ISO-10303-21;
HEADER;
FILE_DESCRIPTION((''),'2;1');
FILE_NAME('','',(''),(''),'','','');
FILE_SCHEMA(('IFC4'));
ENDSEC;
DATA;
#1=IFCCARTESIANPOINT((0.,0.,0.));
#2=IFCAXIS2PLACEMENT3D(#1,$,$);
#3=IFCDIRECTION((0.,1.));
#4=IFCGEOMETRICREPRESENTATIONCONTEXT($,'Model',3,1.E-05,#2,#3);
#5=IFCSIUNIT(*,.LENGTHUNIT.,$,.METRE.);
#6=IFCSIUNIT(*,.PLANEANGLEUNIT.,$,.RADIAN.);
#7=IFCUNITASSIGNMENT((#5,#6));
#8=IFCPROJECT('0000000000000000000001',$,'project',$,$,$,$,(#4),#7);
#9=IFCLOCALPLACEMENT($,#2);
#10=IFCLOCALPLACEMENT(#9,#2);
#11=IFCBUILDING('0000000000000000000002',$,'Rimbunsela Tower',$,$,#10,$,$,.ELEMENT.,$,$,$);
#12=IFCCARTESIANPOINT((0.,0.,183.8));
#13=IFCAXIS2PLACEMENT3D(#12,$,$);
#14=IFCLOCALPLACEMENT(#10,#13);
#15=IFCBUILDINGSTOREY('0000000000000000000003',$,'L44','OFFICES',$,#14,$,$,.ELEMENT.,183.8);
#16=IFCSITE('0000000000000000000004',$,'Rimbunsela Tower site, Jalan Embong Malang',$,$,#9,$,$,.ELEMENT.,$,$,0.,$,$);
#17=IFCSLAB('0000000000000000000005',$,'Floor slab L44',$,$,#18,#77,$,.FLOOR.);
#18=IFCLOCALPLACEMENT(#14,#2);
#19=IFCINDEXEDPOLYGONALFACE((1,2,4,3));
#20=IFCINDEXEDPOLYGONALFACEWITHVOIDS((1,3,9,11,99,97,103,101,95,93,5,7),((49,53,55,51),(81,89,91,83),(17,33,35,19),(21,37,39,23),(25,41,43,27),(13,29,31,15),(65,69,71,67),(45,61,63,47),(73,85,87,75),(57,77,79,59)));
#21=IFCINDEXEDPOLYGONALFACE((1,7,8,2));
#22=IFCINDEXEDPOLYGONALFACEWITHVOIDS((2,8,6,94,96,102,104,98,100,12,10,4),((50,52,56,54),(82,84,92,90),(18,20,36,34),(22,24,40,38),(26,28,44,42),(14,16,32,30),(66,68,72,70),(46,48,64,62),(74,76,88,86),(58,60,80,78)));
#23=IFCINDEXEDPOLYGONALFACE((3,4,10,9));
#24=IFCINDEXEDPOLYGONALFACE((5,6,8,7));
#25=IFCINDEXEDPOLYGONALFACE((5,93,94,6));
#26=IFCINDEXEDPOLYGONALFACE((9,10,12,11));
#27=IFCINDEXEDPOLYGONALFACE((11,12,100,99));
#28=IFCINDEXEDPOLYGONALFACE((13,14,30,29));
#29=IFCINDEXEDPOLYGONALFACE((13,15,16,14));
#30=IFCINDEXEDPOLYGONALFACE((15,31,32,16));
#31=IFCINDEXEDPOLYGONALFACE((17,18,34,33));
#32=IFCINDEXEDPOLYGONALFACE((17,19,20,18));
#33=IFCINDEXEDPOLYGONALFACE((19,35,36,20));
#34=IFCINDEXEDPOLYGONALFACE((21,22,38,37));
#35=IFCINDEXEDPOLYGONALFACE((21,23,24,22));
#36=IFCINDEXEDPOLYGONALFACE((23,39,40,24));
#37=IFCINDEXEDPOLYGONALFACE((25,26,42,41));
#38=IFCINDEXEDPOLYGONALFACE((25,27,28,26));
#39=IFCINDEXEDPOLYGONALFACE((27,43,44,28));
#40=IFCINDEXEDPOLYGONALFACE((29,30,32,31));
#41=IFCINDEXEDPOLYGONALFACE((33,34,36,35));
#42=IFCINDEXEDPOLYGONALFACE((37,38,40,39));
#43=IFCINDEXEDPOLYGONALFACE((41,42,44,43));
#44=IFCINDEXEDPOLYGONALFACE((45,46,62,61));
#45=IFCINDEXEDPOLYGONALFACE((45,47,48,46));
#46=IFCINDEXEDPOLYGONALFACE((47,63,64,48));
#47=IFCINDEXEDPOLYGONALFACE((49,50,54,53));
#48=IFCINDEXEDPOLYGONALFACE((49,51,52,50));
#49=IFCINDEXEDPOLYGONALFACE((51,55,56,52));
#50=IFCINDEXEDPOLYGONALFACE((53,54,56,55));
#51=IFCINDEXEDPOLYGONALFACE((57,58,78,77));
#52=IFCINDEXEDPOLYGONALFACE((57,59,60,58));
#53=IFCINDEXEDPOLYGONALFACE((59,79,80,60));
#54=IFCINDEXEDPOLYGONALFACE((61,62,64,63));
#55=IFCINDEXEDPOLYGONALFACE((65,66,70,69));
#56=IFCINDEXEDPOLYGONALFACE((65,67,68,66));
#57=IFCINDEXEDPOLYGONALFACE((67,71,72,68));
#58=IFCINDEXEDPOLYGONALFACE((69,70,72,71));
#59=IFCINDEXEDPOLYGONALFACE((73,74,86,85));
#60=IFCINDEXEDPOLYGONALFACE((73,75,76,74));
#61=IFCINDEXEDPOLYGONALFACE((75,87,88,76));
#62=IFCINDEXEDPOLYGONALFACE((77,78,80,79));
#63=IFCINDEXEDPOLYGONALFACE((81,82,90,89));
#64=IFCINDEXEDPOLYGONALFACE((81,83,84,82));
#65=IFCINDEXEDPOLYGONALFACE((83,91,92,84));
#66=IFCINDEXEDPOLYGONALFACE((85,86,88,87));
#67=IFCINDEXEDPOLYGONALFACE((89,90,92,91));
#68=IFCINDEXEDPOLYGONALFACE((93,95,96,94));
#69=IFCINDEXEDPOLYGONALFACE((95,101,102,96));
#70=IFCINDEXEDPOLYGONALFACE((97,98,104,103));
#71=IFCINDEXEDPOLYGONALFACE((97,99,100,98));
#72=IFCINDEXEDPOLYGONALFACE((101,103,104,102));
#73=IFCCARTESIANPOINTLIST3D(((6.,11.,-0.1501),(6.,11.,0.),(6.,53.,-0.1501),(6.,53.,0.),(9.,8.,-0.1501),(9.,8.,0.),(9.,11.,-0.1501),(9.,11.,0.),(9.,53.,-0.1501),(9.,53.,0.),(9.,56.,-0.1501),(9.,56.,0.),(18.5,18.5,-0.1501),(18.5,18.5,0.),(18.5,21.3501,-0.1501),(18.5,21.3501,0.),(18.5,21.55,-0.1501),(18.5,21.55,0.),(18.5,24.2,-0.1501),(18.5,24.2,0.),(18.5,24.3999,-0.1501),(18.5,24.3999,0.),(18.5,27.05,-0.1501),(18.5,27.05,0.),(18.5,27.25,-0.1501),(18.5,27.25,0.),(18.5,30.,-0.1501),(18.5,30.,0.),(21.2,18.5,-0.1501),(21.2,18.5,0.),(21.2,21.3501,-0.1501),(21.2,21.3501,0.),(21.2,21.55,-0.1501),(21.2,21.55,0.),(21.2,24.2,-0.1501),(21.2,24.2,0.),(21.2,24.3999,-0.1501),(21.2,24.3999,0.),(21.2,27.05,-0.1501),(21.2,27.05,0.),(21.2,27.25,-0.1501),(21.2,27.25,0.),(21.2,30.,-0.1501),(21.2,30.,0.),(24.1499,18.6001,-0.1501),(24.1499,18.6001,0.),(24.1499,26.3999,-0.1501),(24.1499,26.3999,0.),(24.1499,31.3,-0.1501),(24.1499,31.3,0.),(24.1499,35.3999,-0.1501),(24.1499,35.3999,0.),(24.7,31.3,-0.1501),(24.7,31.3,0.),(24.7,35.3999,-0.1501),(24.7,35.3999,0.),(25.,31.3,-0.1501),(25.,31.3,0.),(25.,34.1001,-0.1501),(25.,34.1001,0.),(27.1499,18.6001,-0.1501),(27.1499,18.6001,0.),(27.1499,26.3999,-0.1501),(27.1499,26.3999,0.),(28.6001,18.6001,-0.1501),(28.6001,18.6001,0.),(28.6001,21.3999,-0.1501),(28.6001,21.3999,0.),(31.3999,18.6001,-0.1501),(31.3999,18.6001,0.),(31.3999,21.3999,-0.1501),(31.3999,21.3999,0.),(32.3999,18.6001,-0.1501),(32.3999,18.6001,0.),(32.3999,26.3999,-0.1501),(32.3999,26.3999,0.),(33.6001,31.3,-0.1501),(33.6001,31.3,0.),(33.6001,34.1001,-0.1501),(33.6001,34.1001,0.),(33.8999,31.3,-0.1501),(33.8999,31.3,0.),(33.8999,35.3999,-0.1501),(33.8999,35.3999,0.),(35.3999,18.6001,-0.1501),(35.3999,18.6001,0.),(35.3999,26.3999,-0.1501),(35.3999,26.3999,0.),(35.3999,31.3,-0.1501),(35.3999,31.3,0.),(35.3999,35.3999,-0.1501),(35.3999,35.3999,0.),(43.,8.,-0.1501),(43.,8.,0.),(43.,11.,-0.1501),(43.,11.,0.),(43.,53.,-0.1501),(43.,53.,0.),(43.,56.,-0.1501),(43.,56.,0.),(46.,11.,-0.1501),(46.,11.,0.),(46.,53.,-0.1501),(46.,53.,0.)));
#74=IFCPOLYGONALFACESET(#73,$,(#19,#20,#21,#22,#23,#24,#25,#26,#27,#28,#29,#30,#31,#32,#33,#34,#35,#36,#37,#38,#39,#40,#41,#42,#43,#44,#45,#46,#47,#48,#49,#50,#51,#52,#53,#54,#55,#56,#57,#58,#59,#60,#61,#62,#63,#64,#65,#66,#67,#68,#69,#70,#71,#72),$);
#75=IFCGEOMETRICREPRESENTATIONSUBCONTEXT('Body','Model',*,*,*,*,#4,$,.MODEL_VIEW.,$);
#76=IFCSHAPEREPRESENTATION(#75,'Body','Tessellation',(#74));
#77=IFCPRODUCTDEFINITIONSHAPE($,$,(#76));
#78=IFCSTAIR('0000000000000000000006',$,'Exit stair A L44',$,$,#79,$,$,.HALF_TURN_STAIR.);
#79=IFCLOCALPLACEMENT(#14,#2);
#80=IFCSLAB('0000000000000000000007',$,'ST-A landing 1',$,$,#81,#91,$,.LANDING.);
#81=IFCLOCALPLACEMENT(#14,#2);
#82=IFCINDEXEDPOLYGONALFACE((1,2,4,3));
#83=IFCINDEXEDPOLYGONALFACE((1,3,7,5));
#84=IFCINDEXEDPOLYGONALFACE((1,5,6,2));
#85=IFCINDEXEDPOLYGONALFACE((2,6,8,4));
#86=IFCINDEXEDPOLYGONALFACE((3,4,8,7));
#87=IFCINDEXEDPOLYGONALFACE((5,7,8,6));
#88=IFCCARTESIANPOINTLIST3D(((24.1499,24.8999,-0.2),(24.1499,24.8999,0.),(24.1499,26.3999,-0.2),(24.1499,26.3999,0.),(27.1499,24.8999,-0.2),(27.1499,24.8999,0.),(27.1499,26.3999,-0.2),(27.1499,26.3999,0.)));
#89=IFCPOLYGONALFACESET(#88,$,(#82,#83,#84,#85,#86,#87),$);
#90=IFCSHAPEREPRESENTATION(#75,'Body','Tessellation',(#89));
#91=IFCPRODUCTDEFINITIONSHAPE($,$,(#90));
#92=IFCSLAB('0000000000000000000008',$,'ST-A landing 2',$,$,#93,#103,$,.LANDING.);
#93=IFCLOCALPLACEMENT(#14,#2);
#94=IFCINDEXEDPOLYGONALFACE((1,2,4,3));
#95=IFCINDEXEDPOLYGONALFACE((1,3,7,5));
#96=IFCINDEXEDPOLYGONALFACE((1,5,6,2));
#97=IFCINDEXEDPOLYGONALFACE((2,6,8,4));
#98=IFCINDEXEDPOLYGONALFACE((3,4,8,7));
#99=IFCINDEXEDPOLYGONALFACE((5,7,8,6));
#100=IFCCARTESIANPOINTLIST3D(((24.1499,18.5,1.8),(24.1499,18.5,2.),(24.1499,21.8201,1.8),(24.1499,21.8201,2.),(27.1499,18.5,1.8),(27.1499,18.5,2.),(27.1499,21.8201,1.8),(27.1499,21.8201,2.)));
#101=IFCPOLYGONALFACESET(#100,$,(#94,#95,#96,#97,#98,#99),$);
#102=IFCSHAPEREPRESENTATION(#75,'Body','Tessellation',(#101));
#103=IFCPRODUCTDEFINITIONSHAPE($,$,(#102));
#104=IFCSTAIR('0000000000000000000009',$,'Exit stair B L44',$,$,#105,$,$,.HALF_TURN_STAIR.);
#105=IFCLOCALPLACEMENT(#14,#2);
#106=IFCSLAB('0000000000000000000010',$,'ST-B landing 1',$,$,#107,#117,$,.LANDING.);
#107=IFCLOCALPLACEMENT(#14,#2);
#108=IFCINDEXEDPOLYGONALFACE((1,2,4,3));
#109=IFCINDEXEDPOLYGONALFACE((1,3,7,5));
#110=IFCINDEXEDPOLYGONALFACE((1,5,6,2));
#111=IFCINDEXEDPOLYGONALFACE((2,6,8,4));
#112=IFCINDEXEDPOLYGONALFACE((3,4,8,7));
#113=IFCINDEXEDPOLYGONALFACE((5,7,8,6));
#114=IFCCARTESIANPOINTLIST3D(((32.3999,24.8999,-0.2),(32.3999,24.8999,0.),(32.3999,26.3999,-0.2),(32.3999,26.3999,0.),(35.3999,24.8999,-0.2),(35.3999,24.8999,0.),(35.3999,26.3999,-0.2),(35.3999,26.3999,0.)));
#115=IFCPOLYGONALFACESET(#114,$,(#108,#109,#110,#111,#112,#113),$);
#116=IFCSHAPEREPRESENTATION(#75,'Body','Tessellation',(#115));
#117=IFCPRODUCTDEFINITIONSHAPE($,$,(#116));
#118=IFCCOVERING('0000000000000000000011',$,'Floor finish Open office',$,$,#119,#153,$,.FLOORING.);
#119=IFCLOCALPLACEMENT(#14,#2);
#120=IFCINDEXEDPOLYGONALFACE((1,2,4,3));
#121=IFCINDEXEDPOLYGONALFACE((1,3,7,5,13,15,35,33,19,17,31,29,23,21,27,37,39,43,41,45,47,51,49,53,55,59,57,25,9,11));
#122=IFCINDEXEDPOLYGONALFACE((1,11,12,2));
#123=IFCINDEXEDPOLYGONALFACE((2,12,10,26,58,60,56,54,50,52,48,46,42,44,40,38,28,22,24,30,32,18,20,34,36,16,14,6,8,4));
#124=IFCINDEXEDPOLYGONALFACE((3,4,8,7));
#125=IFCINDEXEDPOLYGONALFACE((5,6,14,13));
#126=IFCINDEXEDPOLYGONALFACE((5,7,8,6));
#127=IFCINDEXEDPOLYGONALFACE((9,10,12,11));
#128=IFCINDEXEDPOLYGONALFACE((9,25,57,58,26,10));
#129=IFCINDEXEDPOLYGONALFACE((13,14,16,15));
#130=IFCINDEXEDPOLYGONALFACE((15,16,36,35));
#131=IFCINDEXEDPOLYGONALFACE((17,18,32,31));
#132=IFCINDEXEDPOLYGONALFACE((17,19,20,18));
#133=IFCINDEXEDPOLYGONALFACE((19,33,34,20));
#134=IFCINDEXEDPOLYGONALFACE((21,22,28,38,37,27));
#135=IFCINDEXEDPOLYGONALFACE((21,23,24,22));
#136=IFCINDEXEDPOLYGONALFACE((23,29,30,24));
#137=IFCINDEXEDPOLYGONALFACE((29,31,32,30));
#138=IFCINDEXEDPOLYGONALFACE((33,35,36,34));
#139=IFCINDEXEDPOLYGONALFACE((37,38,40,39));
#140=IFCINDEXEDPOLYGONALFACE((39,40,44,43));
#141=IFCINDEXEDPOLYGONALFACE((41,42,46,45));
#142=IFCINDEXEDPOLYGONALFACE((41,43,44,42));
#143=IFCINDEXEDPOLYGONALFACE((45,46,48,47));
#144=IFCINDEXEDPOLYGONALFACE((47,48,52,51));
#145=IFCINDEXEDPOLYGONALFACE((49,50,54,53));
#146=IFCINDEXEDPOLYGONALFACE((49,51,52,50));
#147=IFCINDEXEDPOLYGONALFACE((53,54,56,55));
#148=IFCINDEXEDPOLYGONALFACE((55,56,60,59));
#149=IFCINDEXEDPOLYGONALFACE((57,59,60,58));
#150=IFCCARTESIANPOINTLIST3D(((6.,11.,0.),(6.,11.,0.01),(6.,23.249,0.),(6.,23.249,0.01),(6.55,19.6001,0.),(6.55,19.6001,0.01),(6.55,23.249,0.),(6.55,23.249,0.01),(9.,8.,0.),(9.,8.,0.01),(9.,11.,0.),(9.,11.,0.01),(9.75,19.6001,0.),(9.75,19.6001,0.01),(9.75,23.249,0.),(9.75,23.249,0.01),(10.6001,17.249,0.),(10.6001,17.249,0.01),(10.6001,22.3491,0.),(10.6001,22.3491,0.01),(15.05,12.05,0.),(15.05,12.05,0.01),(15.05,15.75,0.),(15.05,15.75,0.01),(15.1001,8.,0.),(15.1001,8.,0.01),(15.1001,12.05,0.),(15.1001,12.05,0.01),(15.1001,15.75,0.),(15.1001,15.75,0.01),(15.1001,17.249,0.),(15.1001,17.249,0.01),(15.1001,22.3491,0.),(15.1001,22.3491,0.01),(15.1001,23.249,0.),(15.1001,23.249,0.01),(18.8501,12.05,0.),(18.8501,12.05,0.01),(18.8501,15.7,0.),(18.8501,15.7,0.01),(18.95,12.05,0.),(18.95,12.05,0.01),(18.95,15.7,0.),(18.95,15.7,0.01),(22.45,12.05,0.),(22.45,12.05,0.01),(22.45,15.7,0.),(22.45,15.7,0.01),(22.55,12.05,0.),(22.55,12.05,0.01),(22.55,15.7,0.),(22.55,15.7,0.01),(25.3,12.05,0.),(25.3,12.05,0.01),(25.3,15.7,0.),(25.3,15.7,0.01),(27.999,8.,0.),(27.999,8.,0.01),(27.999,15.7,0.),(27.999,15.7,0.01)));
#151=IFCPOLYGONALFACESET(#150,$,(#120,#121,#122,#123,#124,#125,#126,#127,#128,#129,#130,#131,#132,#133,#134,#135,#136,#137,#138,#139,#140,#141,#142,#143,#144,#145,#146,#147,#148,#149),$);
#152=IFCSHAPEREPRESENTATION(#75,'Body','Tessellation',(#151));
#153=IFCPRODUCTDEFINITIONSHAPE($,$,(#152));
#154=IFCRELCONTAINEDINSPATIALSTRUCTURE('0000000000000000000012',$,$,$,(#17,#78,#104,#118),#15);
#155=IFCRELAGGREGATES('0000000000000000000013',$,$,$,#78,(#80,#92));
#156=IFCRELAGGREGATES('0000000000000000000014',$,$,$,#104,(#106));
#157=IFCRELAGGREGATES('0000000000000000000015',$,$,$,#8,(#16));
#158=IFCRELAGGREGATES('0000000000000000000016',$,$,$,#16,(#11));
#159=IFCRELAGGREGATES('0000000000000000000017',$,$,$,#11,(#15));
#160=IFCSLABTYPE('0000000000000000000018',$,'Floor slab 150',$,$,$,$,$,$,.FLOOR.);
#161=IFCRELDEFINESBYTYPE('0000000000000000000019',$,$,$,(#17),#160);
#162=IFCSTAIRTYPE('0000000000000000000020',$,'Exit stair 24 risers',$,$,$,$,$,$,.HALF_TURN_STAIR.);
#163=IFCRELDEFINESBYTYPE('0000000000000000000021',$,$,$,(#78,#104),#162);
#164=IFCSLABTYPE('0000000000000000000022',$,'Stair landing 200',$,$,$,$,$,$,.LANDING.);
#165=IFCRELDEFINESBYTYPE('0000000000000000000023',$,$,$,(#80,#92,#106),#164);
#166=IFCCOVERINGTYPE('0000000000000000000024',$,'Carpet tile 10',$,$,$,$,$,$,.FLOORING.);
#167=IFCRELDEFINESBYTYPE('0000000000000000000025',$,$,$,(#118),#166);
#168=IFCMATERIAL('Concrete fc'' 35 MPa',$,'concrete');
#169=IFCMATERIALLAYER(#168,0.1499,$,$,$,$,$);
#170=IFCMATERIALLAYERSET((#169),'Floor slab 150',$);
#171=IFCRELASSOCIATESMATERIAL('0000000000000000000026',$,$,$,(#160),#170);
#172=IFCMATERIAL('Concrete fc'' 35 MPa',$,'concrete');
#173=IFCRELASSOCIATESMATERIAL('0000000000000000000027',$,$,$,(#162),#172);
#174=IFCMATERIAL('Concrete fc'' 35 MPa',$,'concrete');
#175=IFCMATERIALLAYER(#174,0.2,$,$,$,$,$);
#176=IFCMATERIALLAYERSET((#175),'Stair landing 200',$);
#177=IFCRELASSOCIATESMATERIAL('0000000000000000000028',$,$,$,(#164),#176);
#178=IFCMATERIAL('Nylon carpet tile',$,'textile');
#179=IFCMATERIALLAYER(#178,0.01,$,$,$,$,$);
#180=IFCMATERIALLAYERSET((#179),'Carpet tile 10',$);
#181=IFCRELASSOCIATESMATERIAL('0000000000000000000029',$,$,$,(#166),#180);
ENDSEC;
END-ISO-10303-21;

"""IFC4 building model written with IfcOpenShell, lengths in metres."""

from ifc_helpers import new_model, si_unit, direction, frame, origin, place, context, subcontext, project, spatial, polyline, outline, extrude, material, layer, layer_set, type_object, element, aggregate, save


model = new_model("IFC4")

# Units and contexts
model_context = context("Model", 3, precision=1e-05, world=origin(), true_north=direction((0.0, 1.0)))
body_context = subcontext(model_context, "Body", "Model", "MODEL_VIEW")
ifc_project = project(units=[si_unit("LENGTHUNIT", "METRE"), si_unit("PLANEANGLEUNIT", "RADIAN")], contexts=[model_context])

# Site, building, storey
site_placement = place(None, origin())
site = spatial("IfcSite", under=ifc_project, at=site_placement, Name="Rimbunsela Tower site, Jalan Embong Malang", CompositionType="ELEMENT", RefElevation=0.0)
building_placement = place(site_placement, origin())
building = spatial("IfcBuilding", under=site, at=building_placement, Name="Rimbunsela Tower", CompositionType="ELEMENT")
storey_placement = place(building_placement, frame((0.0, 0.0, 183.8)))
storey = spatial("IfcBuildingStorey", under=building, at=storey_placement, Name="L44", Description="OFFICES", CompositionType="ELEMENT", Elevation=183.8)

# Slab
ifc_material_1 = material(Name="Concrete fc' 35 MPa", Category="concrete")
ifc_layer_1 = layer(ifc_material_1, 0.1499)
ifc_layer_set_1 = layer_set([ifc_layer_1], Name="Floor slab 150")
slab_type_1 = type_object("IfcSlabType", Name="Floor slab 150", PredefinedType="FLOOR", material=ifc_layer_set_1)
slab_1_placement = place(storey_placement, frame((0.0, 0.0, -0.1501)))
element("IfcSlab", 1, at=slab_1_placement, inside=storey, type_object=slab_type_1, Name="Floor slab L44", PredefinedType="FLOOR", context=body_context, shape_type="SweptSolid", body=[
    extrude(outline(polyline([(9.0, 8.0), (43.0, 8.0), (43.0, 11.0), (46.0, 11.0), (46.0, 53.0), (43.0, 53.0), (43.0, 56.0), (9.0, 56.0), (9.0, 53.0), (6.0, 53.0), (6.0, 11.0), (9.0, 11.0), (9.0, 8.0)]), holes=[polyline([(21.2, 21.3501), (18.5, 21.3501), (18.5, 18.5), (21.2, 18.5), (21.2, 21.3501)]), polyline([(21.2, 21.55), (21.2, 24.2), (18.5, 24.2), (18.5, 21.55), (21.2, 21.55)]), polyline([(21.2, 27.05), (18.5, 27.05), (18.5, 24.3999), (21.2, 24.3999), (21.2, 27.05)]), polyline([(21.2, 27.25), (21.2, 30.0), (18.5, 30.0), (18.5, 27.25), (21.2, 27.25)]), polyline([(27.1499, 18.6001), (27.1499, 26.3999), (24.1499, 26.3999), (24.1499, 18.6001), (27.1499, 18.6001)]), polyline([(24.7, 31.3), (24.7, 35.3999), (24.1499, 35.3999), (24.1499, 31.3), (24.7, 31.3)]), polyline([(25.0, 34.1001), (25.0, 31.3), (33.6001, 31.3), (33.6001, 34.1001), (25.0, 34.1001)]), polyline([(31.3999, 21.3999), (28.6001, 21.3999), (28.6001, 18.6001), (31.3999, 18.6001), (31.3999, 21.3999)]), polyline([(35.3999, 18.6001), (35.3999, 26.3999), (32.3999, 26.3999), (32.3999, 18.6001), (35.3999, 18.6001)]), polyline([(35.3999, 31.3), (35.3999, 35.3999), (33.8999, 35.3999), (33.8999, 31.3), (35.3999, 31.3)])]), origin(), (0.0, 0.0, 1.0), 0.1501),
])

# Stair, slabs
ifc_material_2 = material(Name="Concrete fc' 35 MPa", Category="concrete")
stair_type = type_object("IfcStairType", Name="Exit stair 24 risers", PredefinedType="HALF_TURN_STAIR", material=ifc_material_2)
stair_1_placement = place(storey_placement, origin())
stair_1 = element("IfcStair", 2, at=stair_1_placement, inside=storey, type_object=stair_type, Name="Exit stair A L44", PredefinedType="HALF_TURN_STAIR")
ifc_material_3 = material(Name="Concrete fc' 35 MPa", Category="concrete")
ifc_layer_2 = layer(ifc_material_3, 0.2)
ifc_layer_set_2 = layer_set([ifc_layer_2], Name="Stair landing 200")
slab_type_2 = type_object("IfcSlabType", Name="Stair landing 200", PredefinedType="LANDING", material=ifc_layer_set_2)
slab_2_placement = place(storey_placement, frame((0.0, 0.0, -0.2)))
slab_2 = element("IfcSlab", 3, at=slab_2_placement, type_object=slab_type_2, Name="ST-A landing 1", PredefinedType="LANDING", context=body_context, shape_type="SweptSolid", body=[
    extrude(outline(polyline([(24.1499, 24.8999), (27.1499, 24.8999), (27.1499, 26.3999), (24.1499, 26.3999), (24.1499, 24.8999)])), origin(), (0.0, 0.0, 1.0), 0.2),
])
slab_3_placement = place(storey_placement, frame((0.0, 0.0, 1.8)))
slab_3 = element("IfcSlab", 4, at=slab_3_placement, type_object=slab_type_2, Name="ST-A landing 2", PredefinedType="LANDING", context=body_context, shape_type="SweptSolid", body=[
    extrude(outline(polyline([(24.1499, 18.5), (27.1499, 18.5), (27.1499, 21.8201), (24.1499, 21.8201), (24.1499, 18.5)])), origin(), (0.0, 0.0, 1.0), 0.2),
])
aggregate(stair_1, [slab_2, slab_3])

# Stair, slab
stair_2_placement = place(storey_placement, origin())
stair_2 = element("IfcStair", 5, at=stair_2_placement, inside=storey, type_object=stair_type, Name="Exit stair B L44", PredefinedType="HALF_TURN_STAIR")
slab_4_placement = place(storey_placement, frame((0.0, 0.0, -0.2)))
slab_4 = element("IfcSlab", 6, at=slab_4_placement, type_object=slab_type_2, Name="ST-B landing 1", PredefinedType="LANDING", context=body_context, shape_type="SweptSolid", body=[
    extrude(outline(polyline([(32.3999, 24.8999), (35.3999, 24.8999), (35.3999, 26.3999), (32.3999, 26.3999), (32.3999, 24.8999)])), origin(), (0.0, 0.0, 1.0), 0.2),
])
aggregate(stair_2, [slab_4])

# Covering
ifc_material_4 = material(Name="Nylon carpet tile", Category="textile")
ifc_layer_3 = layer(ifc_material_4, 0.01)
ifc_layer_set_3 = layer_set([ifc_layer_3], Name="Carpet tile 10")
covering_type_1 = type_object("IfcCoveringType", Name="Carpet tile 10", PredefinedType="FLOORING", material=ifc_layer_set_3)
covering_1_placement = place(storey_placement, origin())
element("IfcCovering", 7, at=covering_1_placement, inside=storey, type_object=covering_type_1, Name="Floor finish Open office", PredefinedType="FLOORING", context=body_context, shape_type="SweptSolid", body=[
    extrude(outline(polyline([(18.8501, 15.7), (18.95, 15.7), (18.95, 12.05), (22.45, 12.05), (22.45, 15.7), (22.55, 15.7), (22.55, 12.05), (25.3, 12.05), (25.3, 15.7), (27.999, 15.7), (27.999, 8.0), (15.1001, 8.0), (9.0, 8.0), (9.0, 11.0), (6.0, 11.0), (6.0, 23.249), (6.55, 23.249), (6.55, 19.6001), (9.75, 19.6001), (9.75, 23.249), (15.1001, 23.249), (15.1001, 22.3491), (10.6001, 22.3491), (10.6001, 17.249), (15.1001, 17.249), (15.1001, 15.75), (15.05, 15.75), (15.05, 12.05), (15.1001, 12.05), (18.8501, 12.05), (18.8501, 15.7)])), origin(), (0.0, 0.0, 1.0), 0.01),
])

save(model, "model.ifc")
